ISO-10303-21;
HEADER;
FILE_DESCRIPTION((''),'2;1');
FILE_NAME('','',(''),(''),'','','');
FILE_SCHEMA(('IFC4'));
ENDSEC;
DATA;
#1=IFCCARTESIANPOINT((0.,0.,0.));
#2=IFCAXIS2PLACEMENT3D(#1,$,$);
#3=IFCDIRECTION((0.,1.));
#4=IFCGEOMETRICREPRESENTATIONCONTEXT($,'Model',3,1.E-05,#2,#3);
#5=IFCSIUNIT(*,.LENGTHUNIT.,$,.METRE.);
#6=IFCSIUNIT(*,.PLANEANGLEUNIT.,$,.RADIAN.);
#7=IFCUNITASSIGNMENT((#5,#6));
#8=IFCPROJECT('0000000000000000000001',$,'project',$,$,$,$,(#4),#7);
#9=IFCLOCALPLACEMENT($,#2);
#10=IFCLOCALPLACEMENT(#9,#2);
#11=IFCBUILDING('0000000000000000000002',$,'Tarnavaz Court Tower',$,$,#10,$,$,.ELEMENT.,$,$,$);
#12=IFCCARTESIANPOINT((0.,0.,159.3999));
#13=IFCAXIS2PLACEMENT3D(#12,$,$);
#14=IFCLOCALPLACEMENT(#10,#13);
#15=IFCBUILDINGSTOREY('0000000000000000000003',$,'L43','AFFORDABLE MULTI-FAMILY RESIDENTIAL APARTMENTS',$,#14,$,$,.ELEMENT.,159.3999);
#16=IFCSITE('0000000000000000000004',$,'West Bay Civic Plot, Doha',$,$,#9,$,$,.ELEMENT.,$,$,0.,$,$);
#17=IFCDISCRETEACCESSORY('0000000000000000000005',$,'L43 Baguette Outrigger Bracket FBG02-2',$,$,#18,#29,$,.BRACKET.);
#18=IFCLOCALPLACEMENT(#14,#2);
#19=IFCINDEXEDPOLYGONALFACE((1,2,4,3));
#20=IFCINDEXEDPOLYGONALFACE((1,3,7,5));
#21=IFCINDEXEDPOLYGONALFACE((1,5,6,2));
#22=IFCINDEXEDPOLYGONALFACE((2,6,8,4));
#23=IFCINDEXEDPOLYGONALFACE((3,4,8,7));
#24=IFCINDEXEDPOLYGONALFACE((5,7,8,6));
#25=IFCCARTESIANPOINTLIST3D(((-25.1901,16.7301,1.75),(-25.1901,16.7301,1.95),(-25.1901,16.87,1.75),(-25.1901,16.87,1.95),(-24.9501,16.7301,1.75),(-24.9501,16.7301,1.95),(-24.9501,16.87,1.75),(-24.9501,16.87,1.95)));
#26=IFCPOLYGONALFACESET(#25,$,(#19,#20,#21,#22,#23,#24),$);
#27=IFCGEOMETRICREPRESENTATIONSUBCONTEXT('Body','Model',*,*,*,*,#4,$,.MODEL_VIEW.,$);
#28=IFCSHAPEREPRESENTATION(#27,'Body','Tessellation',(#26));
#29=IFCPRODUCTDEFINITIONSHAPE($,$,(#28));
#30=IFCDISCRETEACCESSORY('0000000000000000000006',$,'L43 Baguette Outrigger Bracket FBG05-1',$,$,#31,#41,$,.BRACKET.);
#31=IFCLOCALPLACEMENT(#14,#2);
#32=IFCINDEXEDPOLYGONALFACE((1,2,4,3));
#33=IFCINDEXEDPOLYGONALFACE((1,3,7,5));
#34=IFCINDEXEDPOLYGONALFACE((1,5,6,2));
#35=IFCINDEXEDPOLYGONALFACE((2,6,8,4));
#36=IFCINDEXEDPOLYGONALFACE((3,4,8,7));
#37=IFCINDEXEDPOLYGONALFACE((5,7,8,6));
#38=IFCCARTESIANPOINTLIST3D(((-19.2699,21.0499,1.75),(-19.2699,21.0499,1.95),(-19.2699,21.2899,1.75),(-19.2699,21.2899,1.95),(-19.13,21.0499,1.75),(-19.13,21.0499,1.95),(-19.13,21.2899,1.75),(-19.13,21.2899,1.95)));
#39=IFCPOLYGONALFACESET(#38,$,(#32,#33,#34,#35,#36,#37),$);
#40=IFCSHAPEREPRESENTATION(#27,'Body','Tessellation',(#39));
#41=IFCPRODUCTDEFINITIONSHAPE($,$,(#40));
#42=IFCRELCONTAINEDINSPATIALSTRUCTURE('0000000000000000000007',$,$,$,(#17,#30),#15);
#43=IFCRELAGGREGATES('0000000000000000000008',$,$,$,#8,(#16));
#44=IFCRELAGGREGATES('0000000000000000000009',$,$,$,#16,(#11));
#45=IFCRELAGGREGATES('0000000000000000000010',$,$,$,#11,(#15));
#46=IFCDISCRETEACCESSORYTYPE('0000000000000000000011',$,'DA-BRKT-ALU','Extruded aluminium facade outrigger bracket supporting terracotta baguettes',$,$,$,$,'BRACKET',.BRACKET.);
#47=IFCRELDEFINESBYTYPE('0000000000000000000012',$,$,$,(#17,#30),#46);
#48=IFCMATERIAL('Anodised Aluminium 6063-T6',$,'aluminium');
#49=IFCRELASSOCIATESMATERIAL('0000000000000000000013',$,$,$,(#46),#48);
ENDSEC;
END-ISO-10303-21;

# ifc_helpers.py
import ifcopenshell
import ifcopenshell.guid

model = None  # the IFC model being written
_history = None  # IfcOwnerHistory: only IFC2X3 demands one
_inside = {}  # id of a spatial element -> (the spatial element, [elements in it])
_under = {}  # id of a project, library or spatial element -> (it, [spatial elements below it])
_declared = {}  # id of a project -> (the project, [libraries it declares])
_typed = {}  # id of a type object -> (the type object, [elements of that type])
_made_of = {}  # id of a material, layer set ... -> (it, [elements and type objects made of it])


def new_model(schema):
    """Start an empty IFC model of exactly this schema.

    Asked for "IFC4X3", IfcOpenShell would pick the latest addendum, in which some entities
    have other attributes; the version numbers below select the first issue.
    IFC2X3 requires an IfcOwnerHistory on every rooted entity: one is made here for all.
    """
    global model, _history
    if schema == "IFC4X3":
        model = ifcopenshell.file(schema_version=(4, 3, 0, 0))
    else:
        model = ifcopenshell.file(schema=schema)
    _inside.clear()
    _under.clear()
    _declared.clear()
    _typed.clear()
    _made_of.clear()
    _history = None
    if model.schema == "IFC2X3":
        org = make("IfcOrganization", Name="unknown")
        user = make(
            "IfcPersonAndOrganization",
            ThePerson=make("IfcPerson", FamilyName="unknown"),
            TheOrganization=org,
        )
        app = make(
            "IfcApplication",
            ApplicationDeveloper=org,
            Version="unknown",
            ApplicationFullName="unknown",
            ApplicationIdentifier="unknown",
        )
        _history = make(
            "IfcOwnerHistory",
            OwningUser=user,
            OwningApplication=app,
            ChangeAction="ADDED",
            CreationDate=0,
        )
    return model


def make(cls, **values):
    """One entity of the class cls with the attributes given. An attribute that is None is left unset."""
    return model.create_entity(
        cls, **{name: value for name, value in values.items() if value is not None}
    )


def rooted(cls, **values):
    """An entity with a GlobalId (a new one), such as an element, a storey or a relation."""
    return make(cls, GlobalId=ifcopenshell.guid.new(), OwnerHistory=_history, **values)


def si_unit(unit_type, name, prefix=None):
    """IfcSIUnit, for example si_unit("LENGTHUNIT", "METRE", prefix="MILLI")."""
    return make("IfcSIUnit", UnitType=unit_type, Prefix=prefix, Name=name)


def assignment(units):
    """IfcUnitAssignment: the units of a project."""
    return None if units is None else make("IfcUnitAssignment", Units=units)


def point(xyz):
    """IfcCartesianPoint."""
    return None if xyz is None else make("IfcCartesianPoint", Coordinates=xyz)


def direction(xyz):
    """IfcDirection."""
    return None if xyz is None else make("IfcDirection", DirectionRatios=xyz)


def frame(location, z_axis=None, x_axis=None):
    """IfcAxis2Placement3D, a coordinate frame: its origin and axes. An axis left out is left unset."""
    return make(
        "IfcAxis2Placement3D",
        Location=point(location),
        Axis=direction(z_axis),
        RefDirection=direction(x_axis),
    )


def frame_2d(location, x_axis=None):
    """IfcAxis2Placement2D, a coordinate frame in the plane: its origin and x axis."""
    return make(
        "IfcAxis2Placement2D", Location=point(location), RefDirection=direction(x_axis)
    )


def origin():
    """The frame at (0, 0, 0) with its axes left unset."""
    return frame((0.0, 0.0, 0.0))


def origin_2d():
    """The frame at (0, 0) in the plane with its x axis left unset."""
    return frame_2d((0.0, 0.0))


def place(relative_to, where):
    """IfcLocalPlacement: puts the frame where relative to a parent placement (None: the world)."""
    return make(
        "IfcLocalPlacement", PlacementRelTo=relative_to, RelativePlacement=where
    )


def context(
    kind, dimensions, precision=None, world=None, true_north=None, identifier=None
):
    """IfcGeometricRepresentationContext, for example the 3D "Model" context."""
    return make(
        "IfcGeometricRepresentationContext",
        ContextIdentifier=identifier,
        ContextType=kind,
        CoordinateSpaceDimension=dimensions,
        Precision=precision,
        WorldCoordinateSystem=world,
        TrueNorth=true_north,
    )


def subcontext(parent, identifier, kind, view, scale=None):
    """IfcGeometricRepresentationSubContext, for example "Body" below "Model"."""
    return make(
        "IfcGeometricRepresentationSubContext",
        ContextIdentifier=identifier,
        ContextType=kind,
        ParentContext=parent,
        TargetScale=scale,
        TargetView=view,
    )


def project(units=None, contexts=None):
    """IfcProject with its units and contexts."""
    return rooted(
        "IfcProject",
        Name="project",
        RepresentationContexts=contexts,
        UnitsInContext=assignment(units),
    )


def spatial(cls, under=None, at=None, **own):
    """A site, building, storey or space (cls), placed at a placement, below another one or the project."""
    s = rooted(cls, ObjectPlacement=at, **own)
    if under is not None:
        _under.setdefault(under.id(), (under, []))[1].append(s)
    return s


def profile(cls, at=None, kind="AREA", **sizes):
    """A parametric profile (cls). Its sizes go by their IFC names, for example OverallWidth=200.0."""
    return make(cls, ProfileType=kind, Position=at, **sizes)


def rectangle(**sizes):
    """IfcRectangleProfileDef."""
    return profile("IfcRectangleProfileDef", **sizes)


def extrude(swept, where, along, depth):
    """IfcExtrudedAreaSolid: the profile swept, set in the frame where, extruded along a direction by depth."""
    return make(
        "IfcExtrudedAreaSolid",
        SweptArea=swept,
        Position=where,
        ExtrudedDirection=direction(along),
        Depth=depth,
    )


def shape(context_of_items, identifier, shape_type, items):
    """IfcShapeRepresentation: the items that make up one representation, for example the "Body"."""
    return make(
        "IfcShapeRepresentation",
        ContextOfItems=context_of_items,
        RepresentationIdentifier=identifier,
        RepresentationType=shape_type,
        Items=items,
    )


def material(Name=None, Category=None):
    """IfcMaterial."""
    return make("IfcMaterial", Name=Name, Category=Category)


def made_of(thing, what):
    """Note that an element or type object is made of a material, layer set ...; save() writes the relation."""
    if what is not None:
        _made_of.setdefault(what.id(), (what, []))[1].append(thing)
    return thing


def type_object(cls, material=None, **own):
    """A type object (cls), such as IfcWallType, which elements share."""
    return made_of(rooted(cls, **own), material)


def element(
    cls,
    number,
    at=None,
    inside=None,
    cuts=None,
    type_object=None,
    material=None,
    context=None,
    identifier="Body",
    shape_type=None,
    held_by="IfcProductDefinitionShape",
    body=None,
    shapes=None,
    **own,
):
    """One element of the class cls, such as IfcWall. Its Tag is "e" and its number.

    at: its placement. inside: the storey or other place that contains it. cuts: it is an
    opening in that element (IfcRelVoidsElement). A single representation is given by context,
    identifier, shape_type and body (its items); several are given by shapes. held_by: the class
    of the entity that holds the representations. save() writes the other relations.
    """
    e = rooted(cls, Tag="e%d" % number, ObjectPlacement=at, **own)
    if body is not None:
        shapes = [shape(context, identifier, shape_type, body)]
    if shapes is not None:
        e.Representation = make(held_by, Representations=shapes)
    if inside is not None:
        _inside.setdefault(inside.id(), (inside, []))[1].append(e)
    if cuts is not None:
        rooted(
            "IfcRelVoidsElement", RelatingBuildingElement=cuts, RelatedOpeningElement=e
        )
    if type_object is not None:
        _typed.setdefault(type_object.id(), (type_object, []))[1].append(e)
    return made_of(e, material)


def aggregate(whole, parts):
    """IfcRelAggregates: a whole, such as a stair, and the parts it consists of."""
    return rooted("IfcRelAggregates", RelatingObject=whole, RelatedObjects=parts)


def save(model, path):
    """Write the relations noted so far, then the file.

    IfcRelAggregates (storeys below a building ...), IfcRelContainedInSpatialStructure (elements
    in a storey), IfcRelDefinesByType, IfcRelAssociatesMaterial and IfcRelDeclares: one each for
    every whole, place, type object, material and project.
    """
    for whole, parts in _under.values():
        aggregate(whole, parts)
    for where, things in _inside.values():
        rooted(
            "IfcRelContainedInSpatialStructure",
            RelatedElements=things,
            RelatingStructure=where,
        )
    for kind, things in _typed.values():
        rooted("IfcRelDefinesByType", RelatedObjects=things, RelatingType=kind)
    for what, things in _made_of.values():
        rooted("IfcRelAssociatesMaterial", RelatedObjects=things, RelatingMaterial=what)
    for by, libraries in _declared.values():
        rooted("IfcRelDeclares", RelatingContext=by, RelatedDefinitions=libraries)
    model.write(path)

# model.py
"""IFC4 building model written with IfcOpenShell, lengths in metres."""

from ifc_helpers import new_model, si_unit, direction, frame, origin, origin_2d, place, context, subcontext, project, spatial, rectangle, extrude, material, type_object, element, save


model = new_model("IFC4")

# Units and contexts
model_context = context("Model", 3, precision=1e-05, world=origin(), true_north=direction((0.0, 1.0)))
body_context = subcontext(model_context, "Body", "Model", "MODEL_VIEW")
ifc_project = project(units=[si_unit("LENGTHUNIT", "METRE"), si_unit("PLANEANGLEUNIT", "RADIAN")], contexts=[model_context])

# Site, building, storey
site_placement = place(None, origin())
site = spatial("IfcSite", under=ifc_project, at=site_placement, Name="West Bay Civic Plot, Doha", CompositionType="ELEMENT", RefElevation=0.0)
building_placement = place(site_placement, origin())
building = spatial("IfcBuilding", under=site, at=building_placement, Name="Tarnavaz Court Tower", CompositionType="ELEMENT")
storey_placement = place(building_placement, frame((0.0, 0.0, 159.3999)))
storey = spatial("IfcBuildingStorey", under=building, at=storey_placement, Name="L43", Description="AFFORDABLE MULTI-FAMILY RESIDENTIAL APARTMENTS", CompositionType="ELEMENT", Elevation=159.3999)

# Discrete accessories
ifc_material_1 = material(Name="Anodised Aluminium 6063-T6", Category="aluminium")
discrete_accessory_type = type_object("IfcDiscreteAccessoryType", Name="DA-BRKT-ALU", Description="Extruded aluminium facade outrigger bracket supporting terracotta baguettes", ElementType="BRACKET", PredefinedType="BRACKET", material=ifc_material_1)
for number, where, z_axis, x_axis, name in (
    (1, (-25.0701, 16.8, 1.75), (0.0, 0.0, 1.0), (0.0, 1.0, 0.0), "L43 Baguette Outrigger Bracket FBG02-2"),
    (2, (-19.2, 21.1699, 1.75), (0.0, 0.0, 1.0), (1.0, 0.0, 0.0), "L43 Baguette Outrigger Bracket FBG05-1"),
):
    element("IfcDiscreteAccessory", number, at=place(storey_placement, frame(where, z_axis=z_axis, x_axis=x_axis)), inside=storey, type_object=discrete_accessory_type, Name=name, PredefinedType="BRACKET", context=body_context, shape_type="SweptSolid", body=[
        extrude(rectangle(XDim=0.1399, YDim=0.24, at=origin_2d()), origin(), (0.0, 0.0, 1.0), 0.2),
    ])

save(model, "model.ifc")
